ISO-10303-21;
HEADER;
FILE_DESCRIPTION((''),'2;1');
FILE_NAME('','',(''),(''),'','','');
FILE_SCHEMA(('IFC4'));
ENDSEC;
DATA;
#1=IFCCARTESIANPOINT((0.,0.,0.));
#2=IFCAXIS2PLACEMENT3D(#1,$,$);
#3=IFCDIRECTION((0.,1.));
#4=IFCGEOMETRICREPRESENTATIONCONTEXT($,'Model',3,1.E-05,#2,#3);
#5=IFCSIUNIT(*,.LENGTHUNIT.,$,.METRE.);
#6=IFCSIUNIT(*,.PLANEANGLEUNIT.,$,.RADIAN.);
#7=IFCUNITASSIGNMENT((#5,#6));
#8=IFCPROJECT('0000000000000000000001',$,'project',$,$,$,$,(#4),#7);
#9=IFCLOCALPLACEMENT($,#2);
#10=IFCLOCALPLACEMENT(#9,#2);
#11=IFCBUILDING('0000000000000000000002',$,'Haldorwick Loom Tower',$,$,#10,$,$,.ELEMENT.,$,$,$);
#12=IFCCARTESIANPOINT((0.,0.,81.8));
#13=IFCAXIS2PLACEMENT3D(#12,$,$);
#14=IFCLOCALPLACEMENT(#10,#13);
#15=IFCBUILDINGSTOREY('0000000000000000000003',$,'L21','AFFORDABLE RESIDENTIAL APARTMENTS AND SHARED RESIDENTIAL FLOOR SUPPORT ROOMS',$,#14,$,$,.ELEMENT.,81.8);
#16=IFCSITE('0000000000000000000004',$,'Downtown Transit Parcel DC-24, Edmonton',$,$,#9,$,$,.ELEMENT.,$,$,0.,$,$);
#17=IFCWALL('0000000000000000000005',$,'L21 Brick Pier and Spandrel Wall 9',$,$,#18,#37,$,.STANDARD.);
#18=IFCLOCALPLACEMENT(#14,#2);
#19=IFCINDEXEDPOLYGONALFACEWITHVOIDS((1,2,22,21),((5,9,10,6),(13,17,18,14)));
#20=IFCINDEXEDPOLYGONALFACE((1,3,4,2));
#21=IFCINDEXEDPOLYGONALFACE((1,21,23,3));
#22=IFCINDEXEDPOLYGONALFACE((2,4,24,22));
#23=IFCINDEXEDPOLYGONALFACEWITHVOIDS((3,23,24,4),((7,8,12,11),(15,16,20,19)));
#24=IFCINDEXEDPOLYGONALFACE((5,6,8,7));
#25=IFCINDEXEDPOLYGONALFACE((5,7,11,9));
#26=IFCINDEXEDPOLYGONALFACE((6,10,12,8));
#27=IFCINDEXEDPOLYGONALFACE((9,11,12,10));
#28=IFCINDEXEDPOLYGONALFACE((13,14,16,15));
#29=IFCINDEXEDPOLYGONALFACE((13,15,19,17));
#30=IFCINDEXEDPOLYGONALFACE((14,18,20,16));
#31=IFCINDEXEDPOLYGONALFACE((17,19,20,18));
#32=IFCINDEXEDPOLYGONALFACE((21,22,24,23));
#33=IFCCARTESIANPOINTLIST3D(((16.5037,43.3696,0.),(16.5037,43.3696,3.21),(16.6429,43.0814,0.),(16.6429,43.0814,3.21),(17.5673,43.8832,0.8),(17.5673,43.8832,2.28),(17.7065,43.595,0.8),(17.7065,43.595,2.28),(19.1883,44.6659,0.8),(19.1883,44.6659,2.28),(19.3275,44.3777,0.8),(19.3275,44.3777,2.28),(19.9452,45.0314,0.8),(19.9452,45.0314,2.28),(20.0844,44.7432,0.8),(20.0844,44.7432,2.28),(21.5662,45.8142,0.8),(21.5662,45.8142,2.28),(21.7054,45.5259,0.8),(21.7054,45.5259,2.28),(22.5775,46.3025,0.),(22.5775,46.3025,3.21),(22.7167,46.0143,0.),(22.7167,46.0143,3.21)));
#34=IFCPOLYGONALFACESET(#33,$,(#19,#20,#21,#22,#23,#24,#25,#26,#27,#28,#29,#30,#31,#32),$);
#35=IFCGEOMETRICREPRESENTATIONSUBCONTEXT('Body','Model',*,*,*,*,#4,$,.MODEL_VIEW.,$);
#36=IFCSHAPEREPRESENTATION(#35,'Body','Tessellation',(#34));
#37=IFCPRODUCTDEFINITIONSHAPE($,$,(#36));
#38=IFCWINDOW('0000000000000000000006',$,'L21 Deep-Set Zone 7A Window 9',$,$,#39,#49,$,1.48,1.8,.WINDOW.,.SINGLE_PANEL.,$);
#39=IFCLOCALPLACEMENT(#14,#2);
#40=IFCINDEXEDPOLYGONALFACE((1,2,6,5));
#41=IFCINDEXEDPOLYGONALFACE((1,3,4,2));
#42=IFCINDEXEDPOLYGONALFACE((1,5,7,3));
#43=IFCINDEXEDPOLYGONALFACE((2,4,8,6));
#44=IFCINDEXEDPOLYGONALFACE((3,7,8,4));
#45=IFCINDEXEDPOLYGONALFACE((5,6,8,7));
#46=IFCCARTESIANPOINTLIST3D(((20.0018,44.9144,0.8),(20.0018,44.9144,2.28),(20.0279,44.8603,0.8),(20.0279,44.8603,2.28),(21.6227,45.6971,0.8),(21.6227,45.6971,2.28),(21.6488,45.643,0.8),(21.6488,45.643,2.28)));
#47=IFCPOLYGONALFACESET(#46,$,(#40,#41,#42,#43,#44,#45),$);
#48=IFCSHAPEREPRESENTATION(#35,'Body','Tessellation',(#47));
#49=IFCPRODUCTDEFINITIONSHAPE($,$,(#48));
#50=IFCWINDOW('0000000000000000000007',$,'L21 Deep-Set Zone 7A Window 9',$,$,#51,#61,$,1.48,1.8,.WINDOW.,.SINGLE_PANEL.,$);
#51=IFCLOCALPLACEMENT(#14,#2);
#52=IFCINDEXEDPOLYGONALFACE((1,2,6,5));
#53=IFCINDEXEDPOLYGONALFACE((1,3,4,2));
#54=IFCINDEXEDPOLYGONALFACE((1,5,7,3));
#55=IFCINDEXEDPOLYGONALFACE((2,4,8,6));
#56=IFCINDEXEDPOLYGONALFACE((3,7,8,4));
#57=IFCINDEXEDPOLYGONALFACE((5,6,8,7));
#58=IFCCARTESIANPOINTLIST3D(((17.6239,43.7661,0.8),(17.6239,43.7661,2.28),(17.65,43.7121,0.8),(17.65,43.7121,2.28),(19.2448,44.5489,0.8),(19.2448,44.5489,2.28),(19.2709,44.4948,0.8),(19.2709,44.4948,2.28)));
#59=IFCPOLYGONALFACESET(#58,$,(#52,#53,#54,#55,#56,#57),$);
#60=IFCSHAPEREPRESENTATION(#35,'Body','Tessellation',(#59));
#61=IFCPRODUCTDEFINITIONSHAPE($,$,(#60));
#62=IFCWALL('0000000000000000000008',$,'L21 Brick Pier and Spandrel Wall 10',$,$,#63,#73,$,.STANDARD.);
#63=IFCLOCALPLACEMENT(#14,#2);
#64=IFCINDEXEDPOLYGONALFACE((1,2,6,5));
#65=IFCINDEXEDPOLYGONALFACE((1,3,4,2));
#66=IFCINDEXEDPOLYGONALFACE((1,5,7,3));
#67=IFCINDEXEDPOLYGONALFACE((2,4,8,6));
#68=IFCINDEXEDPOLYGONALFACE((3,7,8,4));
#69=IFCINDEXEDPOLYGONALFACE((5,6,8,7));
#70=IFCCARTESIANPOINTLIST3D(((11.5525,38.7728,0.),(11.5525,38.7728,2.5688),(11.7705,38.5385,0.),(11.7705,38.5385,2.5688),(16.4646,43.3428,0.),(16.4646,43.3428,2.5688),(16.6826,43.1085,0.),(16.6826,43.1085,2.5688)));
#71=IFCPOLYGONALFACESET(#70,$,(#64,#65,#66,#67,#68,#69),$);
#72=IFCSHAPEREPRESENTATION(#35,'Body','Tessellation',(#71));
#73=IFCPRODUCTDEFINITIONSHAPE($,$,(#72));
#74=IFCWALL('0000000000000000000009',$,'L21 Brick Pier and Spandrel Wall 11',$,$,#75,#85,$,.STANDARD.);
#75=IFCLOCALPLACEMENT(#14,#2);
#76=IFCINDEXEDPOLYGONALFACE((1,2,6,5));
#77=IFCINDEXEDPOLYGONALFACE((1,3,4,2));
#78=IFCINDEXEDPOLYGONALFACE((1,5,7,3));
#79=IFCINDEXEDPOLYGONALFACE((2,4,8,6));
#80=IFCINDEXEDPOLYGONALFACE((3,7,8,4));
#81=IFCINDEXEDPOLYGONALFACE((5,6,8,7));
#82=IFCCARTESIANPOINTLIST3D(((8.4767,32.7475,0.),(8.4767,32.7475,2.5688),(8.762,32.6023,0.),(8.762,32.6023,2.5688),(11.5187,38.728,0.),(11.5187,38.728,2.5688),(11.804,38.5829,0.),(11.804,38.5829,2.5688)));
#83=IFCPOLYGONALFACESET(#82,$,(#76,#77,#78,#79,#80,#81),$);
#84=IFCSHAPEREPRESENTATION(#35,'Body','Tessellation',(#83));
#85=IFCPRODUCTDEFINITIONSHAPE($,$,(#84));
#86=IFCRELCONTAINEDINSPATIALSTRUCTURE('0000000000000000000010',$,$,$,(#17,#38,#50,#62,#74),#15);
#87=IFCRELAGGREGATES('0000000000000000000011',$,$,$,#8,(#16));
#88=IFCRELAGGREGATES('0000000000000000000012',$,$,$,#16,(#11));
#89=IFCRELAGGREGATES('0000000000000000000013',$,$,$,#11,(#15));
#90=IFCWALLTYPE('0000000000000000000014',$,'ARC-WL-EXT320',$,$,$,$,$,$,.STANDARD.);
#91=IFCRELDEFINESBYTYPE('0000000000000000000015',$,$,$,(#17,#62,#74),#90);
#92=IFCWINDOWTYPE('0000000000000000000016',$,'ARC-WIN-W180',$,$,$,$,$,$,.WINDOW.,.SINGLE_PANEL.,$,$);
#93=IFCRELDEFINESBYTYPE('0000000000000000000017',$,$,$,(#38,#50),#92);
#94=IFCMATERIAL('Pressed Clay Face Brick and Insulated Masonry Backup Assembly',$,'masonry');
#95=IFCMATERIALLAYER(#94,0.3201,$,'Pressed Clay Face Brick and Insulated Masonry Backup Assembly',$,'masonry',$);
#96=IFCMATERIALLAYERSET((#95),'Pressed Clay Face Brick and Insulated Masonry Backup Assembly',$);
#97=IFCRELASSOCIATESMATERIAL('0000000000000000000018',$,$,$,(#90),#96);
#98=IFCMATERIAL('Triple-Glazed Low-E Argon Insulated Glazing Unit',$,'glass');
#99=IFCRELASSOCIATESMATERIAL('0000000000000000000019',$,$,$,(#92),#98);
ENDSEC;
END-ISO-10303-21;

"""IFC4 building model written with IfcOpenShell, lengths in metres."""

from ifc_helpers import new_model, si_unit, direction, frame, frame_2d, origin, place, context, subcontext, project, spatial, rectangle, extrude, material, layer, layer_set, type_object, element, fill, save


model = new_model("IFC4")

# Units and contexts
model_context = context("Model", 3, precision=1e-05, world=origin(), true_north=direction((0.0, 1.0)))
body_context = subcontext(model_context, "Body", "Model", "MODEL_VIEW")
ifc_project = project(units=[si_unit("LENGTHUNIT", "METRE"), si_unit("PLANEANGLEUNIT", "RADIAN")], contexts=[model_context])

# Site, building, storey
site_placement = place(None, origin())
site = spatial("IfcSite", under=ifc_project, at=site_placement, Name="Downtown Transit Parcel DC-24, Edmonton", CompositionType="ELEMENT", RefElevation=0.0)
building_placement = place(site_placement, origin())
building = spatial("IfcBuilding", under=site, at=building_placement, Name="Haldorwick Loom Tower", CompositionType="ELEMENT")
storey_placement = place(building_placement, frame((0.0, 0.0, 81.8)))
storey = spatial("IfcBuildingStorey", under=building, at=storey_placement, Name="L21", Description="AFFORDABLE RESIDENTIAL APARTMENTS AND SHARED RESIDENTIAL FLOOR SUPPORT ROOMS", CompositionType="ELEMENT", Elevation=81.8)

# Wall, openings, windows
ifc_material_1 = material(Name="Pressed Clay Face Brick and Insulated Masonry Backup Assembly", Category="masonry")
ifc_layer_1 = layer(ifc_material_1, 0.3201, Name="Pressed Clay Face Brick and Insulated Masonry Backup Assembly", Category="masonry")
ifc_layer_set_1 = layer_set([ifc_layer_1], Name="Pressed Clay Face Brick and Insulated Masonry Backup Assembly")
wall_type_1 = type_object("IfcWallType", Name="ARC-WL-EXT320", PredefinedType="STANDARD", material=ifc_layer_set_1)
wall_1_placement = place(storey_placement, frame((22.6472, 46.1584, 0.0), z_axis=(0.0, 0.0, 1.0), x_axis=(-0.90051, -0.434835, 0.0)))
wall_1 = element("IfcWall", 1, at=wall_1_placement, inside=storey, type_object=wall_type_1, Name="L21 Brick Pier and Spandrel Wall 9", PredefinedType="STANDARD", context=body_context, shape_type="SweptSolid", body=[
    extrude(rectangle(XDim=6.7449, YDim=0.3201, at=frame_2d((3.3726, 0.0))), origin(), (0.0, 0.0, 1.0), 3.21),
])
opening_1_placement = place(wall_1_placement, frame((1.1233, 0.0, 0.8)))
opening_1 = element("IfcOpeningElement", 2, at=opening_1_placement, cuts=wall_1, PredefinedType="OPENING", context=body_context, shape_type="SweptSolid", body=[
    extrude(rectangle(XDim=1.8, YDim=1.48, at=frame_2d((0.8999, 0.74))), frame((0.0, 0.1699, 0.0), z_axis=(0.0, -1.0, 0.0), x_axis=(1.0, 0.0, 0.0)), (0.0, 0.0, 1.0), 0.3401),
])
opening_2_placement = place(wall_1_placement, frame((3.7639, 0.0, 0.8)))
opening_2 = element("IfcOpeningElement", 3, at=opening_2_placement, cuts=wall_1, PredefinedType="OPENING", context=body_context, shape_type="SweptSolid", body=[
    extrude(rectangle(XDim=1.8, YDim=1.48, at=frame_2d((0.8999, 0.74))), frame((0.0, 0.1699, 0.0), z_axis=(0.0, -1.0, 0.0), x_axis=(1.0, 0.0, 0.0)), (0.0, 0.0, 1.0), 0.3401),
])
ifc_material_2 = material(Name="Triple-Glazed Low-E Argon Insulated Glazing Unit", Category="glass")
window_type = type_object("IfcWindowType", Name="ARC-WIN-W180", PartitioningType="SINGLE_PANEL", PredefinedType="WINDOW", material=ifc_material_2)
window_1_placement = place(opening_1_placement, origin())
window_1 = element("IfcWindow", 4, at=window_1_placement, inside=storey, type_object=window_type, Name="L21 Deep-Set Zone 7A Window 9", OverallHeight=1.48, OverallWidth=1.8, PartitioningType="SINGLE_PANEL", PredefinedType="WINDOW", context=body_context, shape_type="SweptSolid", body=[
    extrude(rectangle(XDim=1.8, YDim=1.48, at=frame_2d((0.8999, 0.74))), frame((0.0, 0.03, 0.0), z_axis=(0.0, -1.0, 0.0), x_axis=(1.0, 0.0, 0.0)), (0.0, 0.0, 1.0), 0.0601),
])
fill(opening_1, window_1)
window_2_placement = place(opening_2_placement, origin())
window_2 = element("IfcWindow", 5, at=window_2_placement, inside=storey, type_object=window_type, Name="L21 Deep-Set Zone 7A Window 9", OverallHeight=1.48, OverallWidth=1.8, PartitioningType="SINGLE_PANEL", PredefinedType="WINDOW", context=body_context, shape_type="SweptSolid", body=[
    extrude(rectangle(XDim=1.8, YDim=1.48, at=frame_2d((0.8999, 0.74))), frame((0.0, 0.03, 0.0), z_axis=(0.0, -1.0, 0.0), x_axis=(1.0, 0.0, 0.0)), (0.0, 0.0, 1.0), 0.0601),
])
fill(opening_2, window_2)

# Walls
wall_2_placement = place(storey_placement, frame((16.5735, 43.2256, 0.0), z_axis=(0.0, 0.0, 1.0), x_axis=(-0.732137, -0.681157, 0.0)))
element("IfcWall", 6, at=wall_2_placement, inside=storey, type_object=wall_type_1, Name="L21 Brick Pier and Spandrel Wall 10", PredefinedType="STANDARD", context=body_context, shape_type="SweptSolid", body=[
    extrude(rectangle(XDim=6.7092, YDim=0.3201, at=frame_2d((3.3545, 0.0))), origin(), (0.0, 0.0, 1.0), 2.5688),
])
wall_3_placement = place(storey_placement, frame((11.6614, 38.6555, 0.0), z_axis=(0.0, 0.0, 1.0), x_axis=(-0.453374, -0.89132, 0.0)))
element("IfcWall", 7, at=wall_3_placement, inside=storey, type_object=wall_type_1, Name="L21 Brick Pier and Spandrel Wall 11", PredefinedType="STANDARD", context=body_context, shape_type="SweptSolid", body=[
    extrude(rectangle(XDim=6.7097, YDim=0.3201, at=frame_2d((3.355, 0.0))), origin(), (0.0, 0.0, 1.0), 2.5688),
])

save(model, "model.ifc")
